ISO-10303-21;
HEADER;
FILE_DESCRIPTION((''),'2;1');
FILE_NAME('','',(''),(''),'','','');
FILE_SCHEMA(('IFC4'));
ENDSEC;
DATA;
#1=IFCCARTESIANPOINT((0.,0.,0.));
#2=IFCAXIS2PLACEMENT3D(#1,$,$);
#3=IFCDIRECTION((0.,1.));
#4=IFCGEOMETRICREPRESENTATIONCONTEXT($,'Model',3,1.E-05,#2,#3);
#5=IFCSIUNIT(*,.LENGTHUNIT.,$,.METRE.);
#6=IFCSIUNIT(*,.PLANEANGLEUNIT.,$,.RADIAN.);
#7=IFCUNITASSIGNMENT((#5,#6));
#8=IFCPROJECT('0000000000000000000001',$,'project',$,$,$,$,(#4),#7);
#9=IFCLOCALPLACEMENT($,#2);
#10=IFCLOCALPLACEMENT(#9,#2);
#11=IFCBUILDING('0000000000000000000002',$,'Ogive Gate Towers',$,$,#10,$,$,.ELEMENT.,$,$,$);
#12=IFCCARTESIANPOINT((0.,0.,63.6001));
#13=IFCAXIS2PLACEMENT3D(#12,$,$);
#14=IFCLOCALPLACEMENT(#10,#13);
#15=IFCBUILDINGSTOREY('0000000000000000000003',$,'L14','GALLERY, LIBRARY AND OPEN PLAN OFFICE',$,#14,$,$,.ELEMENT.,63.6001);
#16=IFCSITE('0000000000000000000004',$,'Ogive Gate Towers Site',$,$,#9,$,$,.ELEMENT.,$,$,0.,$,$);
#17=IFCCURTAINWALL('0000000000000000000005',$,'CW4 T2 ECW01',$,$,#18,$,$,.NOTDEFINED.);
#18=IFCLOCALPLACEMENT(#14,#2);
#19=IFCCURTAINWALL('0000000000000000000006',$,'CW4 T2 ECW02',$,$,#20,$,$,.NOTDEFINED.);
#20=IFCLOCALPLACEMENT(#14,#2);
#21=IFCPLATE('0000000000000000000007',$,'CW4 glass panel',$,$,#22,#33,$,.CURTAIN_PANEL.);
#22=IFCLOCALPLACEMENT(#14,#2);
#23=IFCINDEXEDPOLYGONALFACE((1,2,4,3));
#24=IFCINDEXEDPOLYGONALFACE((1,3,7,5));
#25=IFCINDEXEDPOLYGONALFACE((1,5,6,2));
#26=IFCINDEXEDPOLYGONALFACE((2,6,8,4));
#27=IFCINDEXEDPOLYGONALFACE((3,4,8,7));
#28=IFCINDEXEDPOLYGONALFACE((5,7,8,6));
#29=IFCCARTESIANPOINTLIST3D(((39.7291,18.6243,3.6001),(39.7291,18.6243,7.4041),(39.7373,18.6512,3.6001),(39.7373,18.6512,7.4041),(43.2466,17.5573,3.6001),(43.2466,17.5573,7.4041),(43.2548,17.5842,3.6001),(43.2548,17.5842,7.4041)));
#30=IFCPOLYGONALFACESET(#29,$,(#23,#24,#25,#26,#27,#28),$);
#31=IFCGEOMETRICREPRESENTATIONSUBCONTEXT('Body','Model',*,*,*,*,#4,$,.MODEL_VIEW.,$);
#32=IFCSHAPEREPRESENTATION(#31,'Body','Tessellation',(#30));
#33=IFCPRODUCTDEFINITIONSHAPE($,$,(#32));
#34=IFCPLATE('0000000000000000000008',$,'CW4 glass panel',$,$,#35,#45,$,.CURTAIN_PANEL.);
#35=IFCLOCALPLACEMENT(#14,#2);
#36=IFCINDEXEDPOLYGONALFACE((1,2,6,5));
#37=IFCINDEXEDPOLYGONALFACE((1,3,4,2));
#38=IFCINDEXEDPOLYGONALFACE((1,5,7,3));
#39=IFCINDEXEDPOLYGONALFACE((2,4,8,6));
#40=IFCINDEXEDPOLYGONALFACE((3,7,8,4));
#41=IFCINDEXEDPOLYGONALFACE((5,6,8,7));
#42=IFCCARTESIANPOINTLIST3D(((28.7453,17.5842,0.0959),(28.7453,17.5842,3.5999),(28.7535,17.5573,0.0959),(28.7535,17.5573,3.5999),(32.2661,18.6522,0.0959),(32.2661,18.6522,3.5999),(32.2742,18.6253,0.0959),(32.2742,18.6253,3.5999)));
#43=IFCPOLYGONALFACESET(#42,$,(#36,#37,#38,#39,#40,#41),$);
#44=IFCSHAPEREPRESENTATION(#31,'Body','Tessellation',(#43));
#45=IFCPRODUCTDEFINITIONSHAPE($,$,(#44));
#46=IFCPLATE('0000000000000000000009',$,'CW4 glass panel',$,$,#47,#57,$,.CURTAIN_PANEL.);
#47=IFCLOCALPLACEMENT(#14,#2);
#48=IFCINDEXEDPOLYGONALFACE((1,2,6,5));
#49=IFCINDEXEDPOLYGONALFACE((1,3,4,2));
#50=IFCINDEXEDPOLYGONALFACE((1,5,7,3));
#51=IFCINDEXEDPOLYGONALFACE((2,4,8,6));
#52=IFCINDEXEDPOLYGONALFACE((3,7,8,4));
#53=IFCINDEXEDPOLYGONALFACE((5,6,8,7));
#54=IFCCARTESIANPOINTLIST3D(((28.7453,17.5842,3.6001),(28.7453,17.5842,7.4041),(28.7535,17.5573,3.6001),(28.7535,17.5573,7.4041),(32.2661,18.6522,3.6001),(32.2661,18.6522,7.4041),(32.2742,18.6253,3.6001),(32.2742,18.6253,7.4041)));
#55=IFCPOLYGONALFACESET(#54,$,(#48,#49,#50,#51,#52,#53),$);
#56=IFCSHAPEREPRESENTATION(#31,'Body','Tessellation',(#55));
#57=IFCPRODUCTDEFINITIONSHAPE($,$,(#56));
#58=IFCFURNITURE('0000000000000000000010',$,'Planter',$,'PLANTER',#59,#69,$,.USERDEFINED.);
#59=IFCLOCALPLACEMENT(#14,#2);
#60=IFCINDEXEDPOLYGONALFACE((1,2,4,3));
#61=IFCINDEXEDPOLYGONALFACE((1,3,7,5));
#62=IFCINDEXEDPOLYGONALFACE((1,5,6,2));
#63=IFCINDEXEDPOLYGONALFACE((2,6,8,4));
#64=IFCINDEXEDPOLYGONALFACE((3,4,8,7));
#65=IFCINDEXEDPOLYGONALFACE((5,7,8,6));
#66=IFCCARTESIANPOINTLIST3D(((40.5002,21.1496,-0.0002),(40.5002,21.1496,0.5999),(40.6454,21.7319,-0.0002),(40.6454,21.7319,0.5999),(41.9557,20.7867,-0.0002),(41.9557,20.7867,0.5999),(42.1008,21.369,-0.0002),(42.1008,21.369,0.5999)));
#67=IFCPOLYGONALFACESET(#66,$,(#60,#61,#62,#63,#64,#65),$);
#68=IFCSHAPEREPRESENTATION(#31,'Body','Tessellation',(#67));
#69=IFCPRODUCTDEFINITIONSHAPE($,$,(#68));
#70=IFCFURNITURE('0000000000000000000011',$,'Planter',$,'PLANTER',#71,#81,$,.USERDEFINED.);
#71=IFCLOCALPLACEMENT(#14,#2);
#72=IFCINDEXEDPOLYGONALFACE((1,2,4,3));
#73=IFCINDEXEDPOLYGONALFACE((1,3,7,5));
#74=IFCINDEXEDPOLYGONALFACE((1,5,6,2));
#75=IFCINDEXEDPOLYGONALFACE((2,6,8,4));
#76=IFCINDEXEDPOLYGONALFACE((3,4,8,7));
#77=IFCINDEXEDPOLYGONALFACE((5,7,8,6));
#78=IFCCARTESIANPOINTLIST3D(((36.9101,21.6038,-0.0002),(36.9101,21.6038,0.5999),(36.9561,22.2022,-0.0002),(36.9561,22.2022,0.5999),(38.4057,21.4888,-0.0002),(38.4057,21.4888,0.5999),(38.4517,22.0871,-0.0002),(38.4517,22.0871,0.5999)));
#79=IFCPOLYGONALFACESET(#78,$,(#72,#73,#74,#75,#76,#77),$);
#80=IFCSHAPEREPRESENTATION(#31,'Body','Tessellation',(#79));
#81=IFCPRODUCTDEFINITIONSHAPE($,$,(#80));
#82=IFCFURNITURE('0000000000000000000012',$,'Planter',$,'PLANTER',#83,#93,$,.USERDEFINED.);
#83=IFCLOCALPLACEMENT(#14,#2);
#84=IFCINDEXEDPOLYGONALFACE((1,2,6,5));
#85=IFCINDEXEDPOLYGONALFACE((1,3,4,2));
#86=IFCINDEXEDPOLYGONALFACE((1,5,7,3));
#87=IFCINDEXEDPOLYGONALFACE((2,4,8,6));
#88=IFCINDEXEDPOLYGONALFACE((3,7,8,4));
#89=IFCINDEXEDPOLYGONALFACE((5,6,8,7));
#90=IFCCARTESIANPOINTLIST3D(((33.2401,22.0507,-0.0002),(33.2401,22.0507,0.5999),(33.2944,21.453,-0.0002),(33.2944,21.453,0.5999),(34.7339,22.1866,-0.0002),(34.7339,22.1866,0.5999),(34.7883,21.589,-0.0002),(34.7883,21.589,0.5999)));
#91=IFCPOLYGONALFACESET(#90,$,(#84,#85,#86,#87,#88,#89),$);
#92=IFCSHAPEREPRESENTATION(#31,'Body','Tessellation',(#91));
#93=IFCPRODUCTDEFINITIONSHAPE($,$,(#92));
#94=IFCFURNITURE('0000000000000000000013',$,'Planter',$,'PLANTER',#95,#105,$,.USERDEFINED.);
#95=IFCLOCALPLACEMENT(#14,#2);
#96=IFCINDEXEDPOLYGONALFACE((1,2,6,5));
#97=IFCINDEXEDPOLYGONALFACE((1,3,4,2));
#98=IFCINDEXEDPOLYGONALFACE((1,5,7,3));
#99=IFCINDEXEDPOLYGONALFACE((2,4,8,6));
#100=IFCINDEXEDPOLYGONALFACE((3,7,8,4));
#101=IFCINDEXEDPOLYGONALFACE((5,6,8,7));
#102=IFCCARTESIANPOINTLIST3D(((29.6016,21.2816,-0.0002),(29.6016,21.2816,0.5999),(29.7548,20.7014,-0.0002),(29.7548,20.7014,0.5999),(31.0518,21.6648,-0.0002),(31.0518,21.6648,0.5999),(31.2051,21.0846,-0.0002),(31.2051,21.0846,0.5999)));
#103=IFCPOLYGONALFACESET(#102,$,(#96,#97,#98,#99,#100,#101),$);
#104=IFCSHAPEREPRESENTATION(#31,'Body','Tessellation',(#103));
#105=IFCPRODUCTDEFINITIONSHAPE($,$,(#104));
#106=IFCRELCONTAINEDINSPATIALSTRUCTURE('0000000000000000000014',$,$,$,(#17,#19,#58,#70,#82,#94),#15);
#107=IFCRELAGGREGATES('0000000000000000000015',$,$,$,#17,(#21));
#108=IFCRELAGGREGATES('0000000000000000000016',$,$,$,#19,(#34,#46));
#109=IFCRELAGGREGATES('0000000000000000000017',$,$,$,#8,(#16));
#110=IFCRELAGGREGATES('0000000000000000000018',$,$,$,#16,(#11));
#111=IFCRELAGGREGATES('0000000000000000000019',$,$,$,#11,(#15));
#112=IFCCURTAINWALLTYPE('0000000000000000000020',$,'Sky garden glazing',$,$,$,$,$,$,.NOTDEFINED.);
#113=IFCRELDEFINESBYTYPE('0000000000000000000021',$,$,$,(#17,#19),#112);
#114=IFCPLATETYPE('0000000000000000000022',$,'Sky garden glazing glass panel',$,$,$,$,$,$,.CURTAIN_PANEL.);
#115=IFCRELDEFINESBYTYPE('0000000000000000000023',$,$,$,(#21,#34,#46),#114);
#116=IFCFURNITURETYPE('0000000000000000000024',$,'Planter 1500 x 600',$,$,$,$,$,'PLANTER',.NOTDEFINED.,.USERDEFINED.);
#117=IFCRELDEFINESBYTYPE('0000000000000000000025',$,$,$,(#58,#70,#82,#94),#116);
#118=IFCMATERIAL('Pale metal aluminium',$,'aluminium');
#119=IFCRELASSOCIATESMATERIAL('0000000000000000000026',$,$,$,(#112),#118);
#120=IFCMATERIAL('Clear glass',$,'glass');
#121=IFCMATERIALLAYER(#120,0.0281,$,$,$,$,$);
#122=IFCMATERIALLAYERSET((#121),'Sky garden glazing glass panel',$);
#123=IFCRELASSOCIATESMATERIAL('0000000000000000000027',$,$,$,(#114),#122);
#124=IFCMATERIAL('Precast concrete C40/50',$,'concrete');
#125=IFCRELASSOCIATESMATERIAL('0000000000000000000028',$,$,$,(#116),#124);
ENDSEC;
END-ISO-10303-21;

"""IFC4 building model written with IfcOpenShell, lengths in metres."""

from ifc_helpers import new_model, si_unit, direction, frame, origin, origin_2d, place, context, subcontext, project, spatial, rectangle, extrude, material, layer, layer_set, type_object, element, aggregate, save


model = new_model("IFC4")

# Units and contexts
model_context = context("Model", 3, precision=1e-05, world=origin(), true_north=direction((0.0, 1.0)))
body_context = subcontext(model_context, "Body", "Model", "MODEL_VIEW")
ifc_project = project(units=[si_unit("LENGTHUNIT", "METRE"), si_unit("PLANEANGLEUNIT", "RADIAN")], contexts=[model_context])

# Site, building, storey
site_placement = place(None, origin())
site = spatial("IfcSite", under=ifc_project, at=site_placement, Name="Ogive Gate Towers Site", CompositionType="ELEMENT", RefElevation=0.0)
building_placement = place(site_placement, origin())
building = spatial("IfcBuilding", under=site, at=building_placement, Name="Ogive Gate Towers", CompositionType="ELEMENT")
storey_placement = place(building_placement, frame((0.0, 0.0, 63.6001)))
storey = spatial("IfcBuildingStorey", under=building, at=storey_placement, Name="L14", Description="GALLERY, LIBRARY AND OPEN PLAN OFFICE", CompositionType="ELEMENT", Elevation=63.6001)

# Curtain walls
ifc_material_1 = material(Name="Pale metal aluminium", Category="aluminium")
curtain_wall_type = type_object("IfcCurtainWallType", Name="Sky garden glazing", PredefinedType="NOTDEFINED", material=ifc_material_1)
curtain_wall_1_placement = place(storey_placement, origin())
curtain_wall_1 = element("IfcCurtainWall", 1, at=curtain_wall_1_placement, inside=storey, type_object=curtain_wall_type, Name="CW4 T2 ECW01", PredefinedType="NOTDEFINED")
curtain_wall_2_placement = place(storey_placement, origin())
curtain_wall_2 = element("IfcCurtainWall", 2, at=curtain_wall_2_placement, inside=storey, type_object=curtain_wall_type, Name="CW4 T2 ECW02", PredefinedType="NOTDEFINED")

# Plates
ifc_material_2 = material(Name="Clear glass", Category="glass")
ifc_layer_1 = layer(ifc_material_2, 0.0281)
ifc_layer_set_1 = layer_set([ifc_layer_1], Name="Sky garden glazing glass panel")
plate_type = type_object("IfcPlateType", Name="Sky garden glazing glass panel", PredefinedType="CURTAIN_PANEL", material=ifc_layer_set_1)
plate_1_placement = place(storey_placement, frame((41.4919, 18.1042, 3.6001), z_axis=(0.0, 0.0, 1.0), x_axis=(0.95694, -0.290285, 0.0)))
plate_1 = element("IfcPlate", 3, at=plate_1_placement, type_object=plate_type, Name="CW4 glass panel", PredefinedType="CURTAIN_PANEL", context=body_context, shape_type="SweptSolid", body=[
    extrude(rectangle(XDim=3.6758, YDim=0.0281, at=origin_2d()), origin(), (0.0, 0.0, 1.0), 3.804),
])
aggregate(curtain_wall_1, [plate_1])
plate_2_placement = place(storey_placement, frame((30.5098, 18.1047, 0.0959), z_axis=(0.0, 0.0, 1.0), x_axis=(0.95694, 0.290285, 0.0)))
plate_2 = element("IfcPlate", 4, at=plate_2_placement, type_object=plate_type, Name="CW4 glass panel", PredefinedType="CURTAIN_PANEL", context=body_context, shape_type="SweptSolid", body=[
    extrude(rectangle(XDim=3.6792, YDim=0.0281, at=origin_2d()), origin(), (0.0, 0.0, 1.0), 3.5039),
])
plate_3_placement = place(storey_placement, frame((30.5098, 18.1047, 3.6001), z_axis=(0.0, 0.0, 1.0), x_axis=(0.95694, 0.290285, 0.0)))
plate_3 = element("IfcPlate", 5, at=plate_3_placement, type_object=plate_type, Name="CW4 glass panel", PredefinedType="CURTAIN_PANEL", context=body_context, shape_type="SweptSolid", body=[
    extrude(rectangle(XDim=3.6792, YDim=0.0281, at=origin_2d()), origin(), (0.0, 0.0, 1.0), 3.804),
])
aggregate(curtain_wall_2, [plate_2, plate_3])

# Furniture
ifc_material_3 = material(Name="Precast concrete C40/50", Category="concrete")
furniture_type = type_object("IfcFurnitureType", Name="Planter 1500 x 600", ElementType="PLANTER", AssemblyPlace="NOTDEFINED", PredefinedType="USERDEFINED", material=ifc_material_3)
for number, where, z_axis, x_axis, name in (
    (6, (41.3005, 21.2593, -0.0002), (0.0, 0.0, 1.0), (-0.970296, 0.241922, 0.0), "Planter"),
    (7, (37.6809, 21.8455, -0.0002), (0.0, 0.0, 1.0), (-0.997053, 0.076719, 0.0), "Planter"),
    (8, (34.0142, 21.8198, -0.0002), (0.0, 0.0, 1.0), (-0.995884, -0.090633, 0.0), "Planter"),
    (9, (30.4033, 21.1831, -0.0002), (0.0, 0.0, 1.0), (-0.966823, -0.255446, 0.0), "Planter"),
):
    element("IfcFurniture", number, at=place(storey_placement, frame(where, z_axis=z_axis, x_axis=x_axis)), inside=storey, type_object=furniture_type, Name=name, ObjectType="PLANTER", PredefinedType="USERDEFINED", context=body_context, shape_type="SweptSolid", body=[
        extrude(rectangle(XDim=1.5, YDim=0.6001, at=origin_2d()), origin(), (0.0, 0.0, 1.0), 0.6001),
    ])

save(model, "model.ifc")
